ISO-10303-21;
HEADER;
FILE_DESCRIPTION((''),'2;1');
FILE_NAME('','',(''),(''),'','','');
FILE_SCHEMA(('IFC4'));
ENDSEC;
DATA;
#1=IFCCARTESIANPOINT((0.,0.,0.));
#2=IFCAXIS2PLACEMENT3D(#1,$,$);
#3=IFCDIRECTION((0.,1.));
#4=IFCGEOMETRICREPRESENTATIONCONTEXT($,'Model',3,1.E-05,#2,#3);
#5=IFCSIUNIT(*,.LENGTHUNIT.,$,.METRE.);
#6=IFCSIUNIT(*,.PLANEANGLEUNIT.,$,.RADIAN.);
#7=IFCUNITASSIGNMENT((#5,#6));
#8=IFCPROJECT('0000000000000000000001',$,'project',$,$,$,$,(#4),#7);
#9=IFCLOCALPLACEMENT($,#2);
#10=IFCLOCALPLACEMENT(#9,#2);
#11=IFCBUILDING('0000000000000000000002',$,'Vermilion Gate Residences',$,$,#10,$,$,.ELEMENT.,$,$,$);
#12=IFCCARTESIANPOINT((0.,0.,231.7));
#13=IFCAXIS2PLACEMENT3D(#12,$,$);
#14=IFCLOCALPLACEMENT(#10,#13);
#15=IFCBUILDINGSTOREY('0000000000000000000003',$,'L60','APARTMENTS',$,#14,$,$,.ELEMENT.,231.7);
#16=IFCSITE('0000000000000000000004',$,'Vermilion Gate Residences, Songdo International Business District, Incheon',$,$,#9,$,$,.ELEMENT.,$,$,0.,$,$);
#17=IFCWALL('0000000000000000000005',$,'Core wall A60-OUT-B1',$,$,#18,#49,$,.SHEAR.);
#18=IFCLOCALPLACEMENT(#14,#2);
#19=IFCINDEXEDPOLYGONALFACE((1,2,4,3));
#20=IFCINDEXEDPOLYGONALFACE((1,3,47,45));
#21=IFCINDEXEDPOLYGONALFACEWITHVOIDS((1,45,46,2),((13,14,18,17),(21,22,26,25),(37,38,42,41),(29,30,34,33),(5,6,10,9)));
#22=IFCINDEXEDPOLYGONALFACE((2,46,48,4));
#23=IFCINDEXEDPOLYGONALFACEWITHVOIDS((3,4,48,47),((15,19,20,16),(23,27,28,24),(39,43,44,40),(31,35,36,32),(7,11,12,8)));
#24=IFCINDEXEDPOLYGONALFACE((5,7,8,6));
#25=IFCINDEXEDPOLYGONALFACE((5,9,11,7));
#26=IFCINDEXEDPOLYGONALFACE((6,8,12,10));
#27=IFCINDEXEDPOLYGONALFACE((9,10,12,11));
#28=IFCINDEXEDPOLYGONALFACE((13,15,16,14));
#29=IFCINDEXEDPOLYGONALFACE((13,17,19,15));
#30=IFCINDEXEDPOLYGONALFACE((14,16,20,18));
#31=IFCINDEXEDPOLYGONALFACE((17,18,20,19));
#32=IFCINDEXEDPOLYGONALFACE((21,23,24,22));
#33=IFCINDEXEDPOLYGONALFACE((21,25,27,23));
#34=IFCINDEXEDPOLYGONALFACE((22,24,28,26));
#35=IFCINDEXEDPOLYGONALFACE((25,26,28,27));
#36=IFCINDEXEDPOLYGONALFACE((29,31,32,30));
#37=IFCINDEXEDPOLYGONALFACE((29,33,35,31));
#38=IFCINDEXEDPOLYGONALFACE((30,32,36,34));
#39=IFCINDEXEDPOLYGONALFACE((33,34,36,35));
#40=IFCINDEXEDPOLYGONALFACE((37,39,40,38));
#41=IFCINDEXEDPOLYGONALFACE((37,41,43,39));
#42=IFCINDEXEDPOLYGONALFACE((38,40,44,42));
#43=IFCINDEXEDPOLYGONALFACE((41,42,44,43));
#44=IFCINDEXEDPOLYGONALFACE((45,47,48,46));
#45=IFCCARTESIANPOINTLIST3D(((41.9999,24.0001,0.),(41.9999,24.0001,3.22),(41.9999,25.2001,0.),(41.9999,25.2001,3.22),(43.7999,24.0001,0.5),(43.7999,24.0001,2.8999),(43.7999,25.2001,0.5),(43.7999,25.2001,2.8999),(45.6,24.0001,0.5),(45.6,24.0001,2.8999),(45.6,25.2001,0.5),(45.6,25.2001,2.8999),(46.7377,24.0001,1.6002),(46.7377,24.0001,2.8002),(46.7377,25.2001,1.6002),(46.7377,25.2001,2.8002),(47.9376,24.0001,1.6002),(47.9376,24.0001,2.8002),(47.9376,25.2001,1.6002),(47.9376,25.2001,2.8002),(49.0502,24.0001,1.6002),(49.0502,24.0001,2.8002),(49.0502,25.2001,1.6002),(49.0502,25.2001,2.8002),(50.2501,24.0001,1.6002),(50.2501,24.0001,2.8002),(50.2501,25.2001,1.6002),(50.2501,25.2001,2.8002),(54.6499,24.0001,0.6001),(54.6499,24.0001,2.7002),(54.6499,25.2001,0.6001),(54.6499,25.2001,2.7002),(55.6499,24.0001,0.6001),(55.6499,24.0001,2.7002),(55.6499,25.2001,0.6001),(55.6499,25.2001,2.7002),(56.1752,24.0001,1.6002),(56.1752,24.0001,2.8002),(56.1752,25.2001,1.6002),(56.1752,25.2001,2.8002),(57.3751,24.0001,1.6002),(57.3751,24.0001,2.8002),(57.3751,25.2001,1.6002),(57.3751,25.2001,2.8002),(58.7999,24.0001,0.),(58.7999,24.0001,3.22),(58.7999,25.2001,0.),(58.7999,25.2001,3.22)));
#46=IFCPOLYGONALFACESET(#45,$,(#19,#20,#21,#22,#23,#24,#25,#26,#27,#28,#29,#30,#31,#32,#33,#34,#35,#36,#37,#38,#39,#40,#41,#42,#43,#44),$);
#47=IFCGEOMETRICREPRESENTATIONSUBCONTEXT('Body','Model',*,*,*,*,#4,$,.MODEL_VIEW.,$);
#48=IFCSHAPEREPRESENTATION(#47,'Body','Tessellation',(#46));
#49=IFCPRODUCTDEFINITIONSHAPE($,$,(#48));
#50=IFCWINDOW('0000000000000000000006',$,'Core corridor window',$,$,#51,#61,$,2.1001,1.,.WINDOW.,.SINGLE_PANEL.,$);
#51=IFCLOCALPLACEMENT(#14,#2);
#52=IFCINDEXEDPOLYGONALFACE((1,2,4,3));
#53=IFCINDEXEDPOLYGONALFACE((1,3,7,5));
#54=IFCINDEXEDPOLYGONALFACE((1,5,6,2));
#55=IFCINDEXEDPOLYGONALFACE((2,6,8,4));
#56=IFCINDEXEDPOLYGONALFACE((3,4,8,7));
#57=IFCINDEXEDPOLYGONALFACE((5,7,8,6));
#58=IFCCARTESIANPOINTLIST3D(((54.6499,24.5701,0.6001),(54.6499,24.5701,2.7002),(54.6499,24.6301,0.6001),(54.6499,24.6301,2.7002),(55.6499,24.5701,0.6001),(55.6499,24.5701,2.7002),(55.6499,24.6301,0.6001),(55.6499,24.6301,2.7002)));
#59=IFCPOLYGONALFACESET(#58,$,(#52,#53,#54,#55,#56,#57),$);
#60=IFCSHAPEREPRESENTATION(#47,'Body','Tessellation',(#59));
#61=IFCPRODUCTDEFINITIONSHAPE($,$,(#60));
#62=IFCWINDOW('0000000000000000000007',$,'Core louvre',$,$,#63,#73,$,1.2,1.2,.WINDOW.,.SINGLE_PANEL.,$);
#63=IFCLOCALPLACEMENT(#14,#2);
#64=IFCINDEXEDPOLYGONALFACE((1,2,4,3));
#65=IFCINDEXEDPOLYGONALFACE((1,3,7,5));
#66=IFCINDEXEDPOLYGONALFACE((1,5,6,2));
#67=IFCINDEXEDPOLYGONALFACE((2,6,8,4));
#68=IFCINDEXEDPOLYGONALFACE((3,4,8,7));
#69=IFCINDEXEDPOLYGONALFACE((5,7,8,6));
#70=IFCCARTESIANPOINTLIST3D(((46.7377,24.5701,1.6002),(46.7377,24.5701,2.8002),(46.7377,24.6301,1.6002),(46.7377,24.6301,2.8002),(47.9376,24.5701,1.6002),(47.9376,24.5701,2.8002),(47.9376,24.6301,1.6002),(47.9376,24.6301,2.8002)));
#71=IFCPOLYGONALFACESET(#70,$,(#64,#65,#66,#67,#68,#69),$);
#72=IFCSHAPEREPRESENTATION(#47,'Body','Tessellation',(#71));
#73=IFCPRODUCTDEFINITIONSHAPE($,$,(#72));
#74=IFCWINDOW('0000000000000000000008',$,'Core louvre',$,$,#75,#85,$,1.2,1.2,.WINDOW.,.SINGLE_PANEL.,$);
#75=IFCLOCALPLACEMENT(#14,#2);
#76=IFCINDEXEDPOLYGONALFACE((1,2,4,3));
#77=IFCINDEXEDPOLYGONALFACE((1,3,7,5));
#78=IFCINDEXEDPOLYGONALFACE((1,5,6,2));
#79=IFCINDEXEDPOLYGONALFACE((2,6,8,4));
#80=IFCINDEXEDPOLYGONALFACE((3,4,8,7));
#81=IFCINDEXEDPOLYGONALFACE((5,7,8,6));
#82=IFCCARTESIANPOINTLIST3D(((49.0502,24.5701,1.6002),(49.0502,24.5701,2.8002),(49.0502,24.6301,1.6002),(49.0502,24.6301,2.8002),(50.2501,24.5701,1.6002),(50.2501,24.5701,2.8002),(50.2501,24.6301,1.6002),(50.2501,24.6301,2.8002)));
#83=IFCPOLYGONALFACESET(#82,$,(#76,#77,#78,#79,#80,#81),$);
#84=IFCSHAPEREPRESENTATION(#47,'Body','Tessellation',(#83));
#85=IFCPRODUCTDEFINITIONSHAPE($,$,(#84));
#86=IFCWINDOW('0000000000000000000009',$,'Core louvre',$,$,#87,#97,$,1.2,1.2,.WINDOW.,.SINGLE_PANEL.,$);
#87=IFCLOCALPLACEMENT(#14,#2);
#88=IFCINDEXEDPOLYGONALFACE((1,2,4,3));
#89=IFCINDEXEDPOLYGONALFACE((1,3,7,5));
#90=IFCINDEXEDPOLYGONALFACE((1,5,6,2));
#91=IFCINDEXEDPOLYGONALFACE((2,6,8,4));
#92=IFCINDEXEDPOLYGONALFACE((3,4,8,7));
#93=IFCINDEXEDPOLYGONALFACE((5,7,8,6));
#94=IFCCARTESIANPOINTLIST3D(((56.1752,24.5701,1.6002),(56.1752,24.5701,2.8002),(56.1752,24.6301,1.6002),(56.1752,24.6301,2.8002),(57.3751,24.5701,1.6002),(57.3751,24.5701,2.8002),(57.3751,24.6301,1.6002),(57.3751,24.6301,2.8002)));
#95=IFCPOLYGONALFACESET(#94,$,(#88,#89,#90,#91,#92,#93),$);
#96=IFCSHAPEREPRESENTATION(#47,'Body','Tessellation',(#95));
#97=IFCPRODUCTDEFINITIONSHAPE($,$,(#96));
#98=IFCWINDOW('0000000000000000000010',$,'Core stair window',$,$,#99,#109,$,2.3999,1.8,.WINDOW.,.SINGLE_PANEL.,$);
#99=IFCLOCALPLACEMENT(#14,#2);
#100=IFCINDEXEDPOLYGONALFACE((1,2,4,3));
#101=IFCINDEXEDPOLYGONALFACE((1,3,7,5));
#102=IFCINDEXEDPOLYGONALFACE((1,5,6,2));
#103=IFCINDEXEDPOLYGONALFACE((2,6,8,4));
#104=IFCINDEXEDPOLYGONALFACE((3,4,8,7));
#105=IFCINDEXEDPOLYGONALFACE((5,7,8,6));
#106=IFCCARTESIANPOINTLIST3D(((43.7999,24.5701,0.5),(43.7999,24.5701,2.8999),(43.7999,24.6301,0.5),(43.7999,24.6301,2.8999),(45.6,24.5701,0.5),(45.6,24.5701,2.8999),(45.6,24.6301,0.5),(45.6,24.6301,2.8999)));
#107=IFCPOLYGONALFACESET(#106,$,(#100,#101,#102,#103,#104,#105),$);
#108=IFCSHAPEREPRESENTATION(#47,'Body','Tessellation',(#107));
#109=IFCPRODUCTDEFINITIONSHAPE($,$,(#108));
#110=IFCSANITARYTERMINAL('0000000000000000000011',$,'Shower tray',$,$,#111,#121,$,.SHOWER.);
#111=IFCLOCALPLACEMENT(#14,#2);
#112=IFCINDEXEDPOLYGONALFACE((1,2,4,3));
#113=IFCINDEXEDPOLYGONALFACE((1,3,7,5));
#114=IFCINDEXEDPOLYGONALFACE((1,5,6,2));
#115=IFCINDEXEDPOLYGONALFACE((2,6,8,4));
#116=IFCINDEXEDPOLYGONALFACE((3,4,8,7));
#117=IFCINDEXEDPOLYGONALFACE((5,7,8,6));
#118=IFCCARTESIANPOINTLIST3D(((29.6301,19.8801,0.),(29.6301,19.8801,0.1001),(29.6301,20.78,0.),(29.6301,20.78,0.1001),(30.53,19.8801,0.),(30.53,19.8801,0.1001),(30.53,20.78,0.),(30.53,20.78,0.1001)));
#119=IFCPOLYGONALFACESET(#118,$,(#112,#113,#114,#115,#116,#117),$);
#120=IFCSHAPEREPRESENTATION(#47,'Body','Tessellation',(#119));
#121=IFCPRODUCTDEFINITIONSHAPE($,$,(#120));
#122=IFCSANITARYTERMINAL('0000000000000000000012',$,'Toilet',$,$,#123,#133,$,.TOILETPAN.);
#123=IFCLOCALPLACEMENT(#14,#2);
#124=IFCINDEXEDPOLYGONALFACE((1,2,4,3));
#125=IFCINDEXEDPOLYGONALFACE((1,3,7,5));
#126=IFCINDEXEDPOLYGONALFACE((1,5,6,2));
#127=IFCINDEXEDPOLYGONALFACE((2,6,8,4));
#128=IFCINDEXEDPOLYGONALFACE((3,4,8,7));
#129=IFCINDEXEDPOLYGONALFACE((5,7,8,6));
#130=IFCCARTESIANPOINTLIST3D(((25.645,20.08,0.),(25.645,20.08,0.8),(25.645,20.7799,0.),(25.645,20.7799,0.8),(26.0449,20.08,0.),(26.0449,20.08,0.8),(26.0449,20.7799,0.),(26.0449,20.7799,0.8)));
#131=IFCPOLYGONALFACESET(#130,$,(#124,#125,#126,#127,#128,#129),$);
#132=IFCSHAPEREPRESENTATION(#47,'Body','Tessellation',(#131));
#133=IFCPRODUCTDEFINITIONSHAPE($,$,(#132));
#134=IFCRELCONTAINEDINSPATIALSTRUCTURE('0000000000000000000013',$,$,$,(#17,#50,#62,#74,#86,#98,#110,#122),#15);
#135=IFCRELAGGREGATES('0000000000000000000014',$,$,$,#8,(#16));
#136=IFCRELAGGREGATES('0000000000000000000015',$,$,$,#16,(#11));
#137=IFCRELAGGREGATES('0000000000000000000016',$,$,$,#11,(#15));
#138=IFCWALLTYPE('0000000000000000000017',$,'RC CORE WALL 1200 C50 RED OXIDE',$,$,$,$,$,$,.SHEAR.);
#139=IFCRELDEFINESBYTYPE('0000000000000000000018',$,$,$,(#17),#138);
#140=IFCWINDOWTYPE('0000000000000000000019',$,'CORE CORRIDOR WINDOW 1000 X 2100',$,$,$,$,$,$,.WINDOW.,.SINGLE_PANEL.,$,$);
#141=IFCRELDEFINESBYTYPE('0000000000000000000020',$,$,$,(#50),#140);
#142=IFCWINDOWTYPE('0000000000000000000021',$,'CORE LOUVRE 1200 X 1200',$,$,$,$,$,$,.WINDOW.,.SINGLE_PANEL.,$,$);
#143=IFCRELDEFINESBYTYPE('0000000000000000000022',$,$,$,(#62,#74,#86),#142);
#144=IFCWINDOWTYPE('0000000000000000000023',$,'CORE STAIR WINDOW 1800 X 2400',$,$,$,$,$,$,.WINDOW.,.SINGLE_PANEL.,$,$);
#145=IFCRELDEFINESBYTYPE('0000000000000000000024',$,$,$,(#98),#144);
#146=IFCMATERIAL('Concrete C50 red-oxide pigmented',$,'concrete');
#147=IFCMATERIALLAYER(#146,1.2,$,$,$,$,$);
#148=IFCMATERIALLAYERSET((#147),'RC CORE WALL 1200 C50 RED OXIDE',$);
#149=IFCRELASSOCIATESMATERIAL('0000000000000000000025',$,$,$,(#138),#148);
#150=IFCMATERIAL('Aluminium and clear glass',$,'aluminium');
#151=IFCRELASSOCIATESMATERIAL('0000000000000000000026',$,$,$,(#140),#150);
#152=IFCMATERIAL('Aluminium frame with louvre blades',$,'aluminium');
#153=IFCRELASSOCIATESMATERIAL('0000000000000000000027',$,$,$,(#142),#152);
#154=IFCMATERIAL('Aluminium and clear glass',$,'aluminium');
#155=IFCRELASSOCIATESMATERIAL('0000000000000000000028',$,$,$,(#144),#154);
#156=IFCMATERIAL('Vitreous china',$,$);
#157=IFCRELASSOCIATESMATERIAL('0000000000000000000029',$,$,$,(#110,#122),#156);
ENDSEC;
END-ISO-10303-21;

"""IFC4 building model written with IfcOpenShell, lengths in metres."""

from ifc_helpers import new_model, si_unit, direction, frame, frame_2d, origin, origin_2d, place, context, subcontext, project, spatial, rectangle, extrude, material, layer, layer_set, type_object, element, fill, save


model = new_model("IFC4")

# Units and contexts
model_context = context("Model", 3, precision=1e-05, world=origin(), true_north=direction((0.0, 1.0)))
body_context = subcontext(model_context, "Body", "Model", "MODEL_VIEW")
ifc_project = project(units=[si_unit("LENGTHUNIT", "METRE"), si_unit("PLANEANGLEUNIT", "RADIAN")], contexts=[model_context])

# Site, building, storey
site_placement = place(None, origin())
site = spatial("IfcSite", under=ifc_project, at=site_placement, Name="Vermilion Gate Residences, Songdo International Business District, Incheon", CompositionType="ELEMENT", RefElevation=0.0)
building_placement = place(site_placement, origin())
building = spatial("IfcBuilding", under=site, at=building_placement, Name="Vermilion Gate Residences", CompositionType="ELEMENT")
storey_placement = place(building_placement, frame((0.0, 0.0, 231.7)))
storey = spatial("IfcBuildingStorey", under=building, at=storey_placement, Name="L60", Description="APARTMENTS", CompositionType="ELEMENT", Elevation=231.7)

# Wall, openings, windows
ifc_material_1 = material(Name="Concrete C50 red-oxide pigmented", Category="concrete")
ifc_layer_1 = layer(ifc_material_1, 1.2)
ifc_layer_set_1 = layer_set([ifc_layer_1], Name="RC CORE WALL 1200 C50 RED OXIDE")
wall_type_1 = type_object("IfcWallType", Name="RC CORE WALL 1200 C50 RED OXIDE", PredefinedType="SHEAR", material=ifc_layer_set_1)
wall_1_placement = place(storey_placement, frame((42.0, 24.6001, 0.0), z_axis=(0.0, 0.0, 1.0), x_axis=(1.0, 0.0, 0.0)))
wall_1 = element("IfcWall", 1, at=wall_1_placement, inside=storey, type_object=wall_type_1, Name="Core wall A60-OUT-B1", PredefinedType="SHEAR", context=body_context, shape_type="SweptSolid", body=[
    extrude(rectangle(XDim=16.8, YDim=1.2, at=frame_2d((8.3999, 0.0))), origin(), (0.0, 0.0, 1.0), 3.22),
])
opening_1_placement = place(wall_1_placement, frame((1.8, 0.0, 0.5)))
opening_1 = element("IfcOpeningElement", 2, at=opening_1_placement, cuts=wall_1, PredefinedType="OPENING", context=body_context, shape_type="SweptSolid", body=[
    extrude(rectangle(XDim=1.8, YDim=2.3999, at=frame_2d((0.8999, 1.2))), frame((0.0, 0.6099, 0.0), z_axis=(0.0, -1.0, 0.0), x_axis=(1.0, 0.0, 0.0)), (0.0, 0.0, 1.0), 1.22),
])
opening_2_placement = place(wall_1_placement, frame((4.7375, 0.0, 1.6001)))
opening_2 = element("IfcOpeningElement", 3, at=opening_2_placement, cuts=wall_1, PredefinedType="OPENING", context=body_context, shape_type="SweptSolid", body=[
    extrude(rectangle(XDim=1.2, YDim=1.2, at=frame_2d((0.6001, 0.6001))), frame((0.0, 0.6099, 0.0), z_axis=(0.0, -1.0, 0.0), x_axis=(1.0, 0.0, 0.0)), (0.0, 0.0, 1.0), 1.22),
])
opening_3_placement = place(wall_1_placement, frame((7.05, 0.0, 1.6001)))
opening_3 = element("IfcOpeningElement", 4, at=opening_3_placement, cuts=wall_1, PredefinedType="OPENING", context=body_context, shape_type="SweptSolid", body=[
    extrude(rectangle(XDim=1.2, YDim=1.2, at=frame_2d((0.6001, 0.6001))), frame((0.0, 0.6099, 0.0), z_axis=(0.0, -1.0, 0.0), x_axis=(1.0, 0.0, 0.0)), (0.0, 0.0, 1.0), 1.22),
])
opening_4_placement = place(wall_1_placement, frame((12.6499, 0.0, 0.6001)))
opening_4 = element("IfcOpeningElement", 5, at=opening_4_placement, cuts=wall_1, PredefinedType="OPENING", context=body_context, shape_type="SweptSolid", body=[
    extrude(rectangle(XDim=1.0, YDim=2.1001, at=frame_2d((0.5, 1.05))), frame((0.0, 0.6099, 0.0), z_axis=(0.0, -1.0, 0.0), x_axis=(1.0, 0.0, 0.0)), (0.0, 0.0, 1.0), 1.22),
])
opening_5_placement = place(wall_1_placement, frame((14.175, 0.0, 1.6001)))
opening_5 = element("IfcOpeningElement", 6, at=opening_5_placement, cuts=wall_1, PredefinedType="OPENING", context=body_context, shape_type="SweptSolid", body=[
    extrude(rectangle(XDim=1.2, YDim=1.2, at=frame_2d((0.6001, 0.6001))), frame((0.0, 0.6099, 0.0), z_axis=(0.0, -1.0, 0.0), x_axis=(1.0, 0.0, 0.0)), (0.0, 0.0, 1.0), 1.22),
])
ifc_material_2 = material(Name="Aluminium and clear glass", Category="aluminium")
window_type_1 = type_object("IfcWindowType", Name="CORE CORRIDOR WINDOW 1000 X 2100", PartitioningType="SINGLE_PANEL", PredefinedType="WINDOW", material=ifc_material_2)
window_1_placement = place(opening_4_placement, origin())
window_1 = element("IfcWindow", 7, at=window_1_placement, inside=storey, type_object=window_type_1, Name="Core corridor window", OverallHeight=2.1001, OverallWidth=1.0, PartitioningType="SINGLE_PANEL", PredefinedType="WINDOW", context=body_context, shape_type="SweptSolid", body=[
    extrude(rectangle(XDim=1.0, YDim=2.1001, at=frame_2d((0.5, 1.05))), frame((0.0, 0.03, 0.0), z_axis=(0.0, -1.0, 0.0), x_axis=(1.0, 0.0, 0.0)), (0.0, 0.0, 1.0), 0.0601),
])
fill(opening_4, window_1)
ifc_material_3 = material(Name="Aluminium frame with louvre blades", Category="aluminium")
window_type_2 = type_object("IfcWindowType", Name="CORE LOUVRE 1200 X 1200", PartitioningType="SINGLE_PANEL", PredefinedType="WINDOW", material=ifc_material_3)
window_2_placement = place(opening_2_placement, origin())
window_2 = element("IfcWindow", 8, at=window_2_placement, inside=storey, type_object=window_type_2, Name="Core louvre", OverallHeight=1.2, OverallWidth=1.2, PartitioningType="SINGLE_PANEL", PredefinedType="WINDOW", context=body_context, shape_type="SweptSolid", body=[
    extrude(rectangle(XDim=1.2, YDim=1.2, at=frame_2d((0.6001, 0.6001))), frame((0.0, 0.03, 0.0), z_axis=(0.0, -1.0, 0.0), x_axis=(1.0, 0.0, 0.0)), (0.0, 0.0, 1.0), 0.0601),
])
fill(opening_2, window_2)
window_3_placement = place(opening_3_placement, origin())
window_3 = element("IfcWindow", 9, at=window_3_placement, inside=storey, type_object=window_type_2, Name="Core louvre", OverallHeight=1.2, OverallWidth=1.2, PartitioningType="SINGLE_PANEL", PredefinedType="WINDOW", context=body_context, shape_type="SweptSolid", body=[
    extrude(rectangle(XDim=1.2, YDim=1.2, at=frame_2d((0.6001, 0.6001))), frame((0.0, 0.03, 0.0), z_axis=(0.0, -1.0, 0.0), x_axis=(1.0, 0.0, 0.0)), (0.0, 0.0, 1.0), 0.0601),
])
fill(opening_3, window_3)
window_4_placement = place(opening_5_placement, origin())
window_4 = element("IfcWindow", 10, at=window_4_placement, inside=storey, type_object=window_type_2, Name="Core louvre", OverallHeight=1.2, OverallWidth=1.2, PartitioningType="SINGLE_PANEL", PredefinedType="WINDOW", context=body_context, shape_type="SweptSolid", body=[
    extrude(rectangle(XDim=1.2, YDim=1.2, at=frame_2d((0.6001, 0.6001))), frame((0.0, 0.03, 0.0), z_axis=(0.0, -1.0, 0.0), x_axis=(1.0, 0.0, 0.0)), (0.0, 0.0, 1.0), 0.0601),
])
fill(opening_5, window_4)
ifc_material_4 = material(Name="Aluminium and clear glass", Category="aluminium")
window_type_3 = type_object("IfcWindowType", Name="CORE STAIR WINDOW 1800 X 2400", PartitioningType="SINGLE_PANEL", PredefinedType="WINDOW", material=ifc_material_4)
window_5_placement = place(opening_1_placement, origin())
window_5 = element("IfcWindow", 11, at=window_5_placement, inside=storey, type_object=window_type_3, Name="Core stair window", OverallHeight=2.3999, OverallWidth=1.8, PartitioningType="SINGLE_PANEL", PredefinedType="WINDOW", context=body_context, shape_type="SweptSolid", body=[
    extrude(rectangle(XDim=1.8, YDim=2.3999, at=frame_2d((0.8999, 1.2))), frame((0.0, 0.03, 0.0), z_axis=(0.0, -1.0, 0.0), x_axis=(1.0, 0.0, 0.0)), (0.0, 0.0, 1.0), 0.0601),
])
fill(opening_1, window_5)

# Sanitary terminals
ifc_material_5 = material(Name="Vitreous china")
sanitary_terminal_1_placement = place(storey_placement, frame((30.0801, 20.3301, 0.0), z_axis=(0.0, 0.0, 1.0), x_axis=(1.0, 0.0, 0.0)))
element("IfcSanitaryTerminal", 12, at=sanitary_terminal_1_placement, inside=storey, material=ifc_material_5, Name="Shower tray", PredefinedType="SHOWER", context=body_context, shape_type="SweptSolid", body=[
    extrude(rectangle(XDim=0.8999, YDim=0.8999, at=origin_2d()), origin(), (0.0, 0.0, 1.0), 0.1001),
])
sanitary_terminal_2_placement = place(storey_placement, frame((25.845, 20.4299, 0.0), z_axis=(0.0, 0.0, 1.0), x_axis=(1.0, 0.0, 0.0)))
element("IfcSanitaryTerminal", 13, at=sanitary_terminal_2_placement, inside=storey, material=ifc_material_5, Name="Toilet", PredefinedType="TOILETPAN", context=body_context, shape_type="SweptSolid", body=[
    extrude(rectangle(XDim=0.3999, YDim=0.7, at=origin_2d()), origin(), (0.0, 0.0, 1.0), 0.8),
])

save(model, "model.ifc")
